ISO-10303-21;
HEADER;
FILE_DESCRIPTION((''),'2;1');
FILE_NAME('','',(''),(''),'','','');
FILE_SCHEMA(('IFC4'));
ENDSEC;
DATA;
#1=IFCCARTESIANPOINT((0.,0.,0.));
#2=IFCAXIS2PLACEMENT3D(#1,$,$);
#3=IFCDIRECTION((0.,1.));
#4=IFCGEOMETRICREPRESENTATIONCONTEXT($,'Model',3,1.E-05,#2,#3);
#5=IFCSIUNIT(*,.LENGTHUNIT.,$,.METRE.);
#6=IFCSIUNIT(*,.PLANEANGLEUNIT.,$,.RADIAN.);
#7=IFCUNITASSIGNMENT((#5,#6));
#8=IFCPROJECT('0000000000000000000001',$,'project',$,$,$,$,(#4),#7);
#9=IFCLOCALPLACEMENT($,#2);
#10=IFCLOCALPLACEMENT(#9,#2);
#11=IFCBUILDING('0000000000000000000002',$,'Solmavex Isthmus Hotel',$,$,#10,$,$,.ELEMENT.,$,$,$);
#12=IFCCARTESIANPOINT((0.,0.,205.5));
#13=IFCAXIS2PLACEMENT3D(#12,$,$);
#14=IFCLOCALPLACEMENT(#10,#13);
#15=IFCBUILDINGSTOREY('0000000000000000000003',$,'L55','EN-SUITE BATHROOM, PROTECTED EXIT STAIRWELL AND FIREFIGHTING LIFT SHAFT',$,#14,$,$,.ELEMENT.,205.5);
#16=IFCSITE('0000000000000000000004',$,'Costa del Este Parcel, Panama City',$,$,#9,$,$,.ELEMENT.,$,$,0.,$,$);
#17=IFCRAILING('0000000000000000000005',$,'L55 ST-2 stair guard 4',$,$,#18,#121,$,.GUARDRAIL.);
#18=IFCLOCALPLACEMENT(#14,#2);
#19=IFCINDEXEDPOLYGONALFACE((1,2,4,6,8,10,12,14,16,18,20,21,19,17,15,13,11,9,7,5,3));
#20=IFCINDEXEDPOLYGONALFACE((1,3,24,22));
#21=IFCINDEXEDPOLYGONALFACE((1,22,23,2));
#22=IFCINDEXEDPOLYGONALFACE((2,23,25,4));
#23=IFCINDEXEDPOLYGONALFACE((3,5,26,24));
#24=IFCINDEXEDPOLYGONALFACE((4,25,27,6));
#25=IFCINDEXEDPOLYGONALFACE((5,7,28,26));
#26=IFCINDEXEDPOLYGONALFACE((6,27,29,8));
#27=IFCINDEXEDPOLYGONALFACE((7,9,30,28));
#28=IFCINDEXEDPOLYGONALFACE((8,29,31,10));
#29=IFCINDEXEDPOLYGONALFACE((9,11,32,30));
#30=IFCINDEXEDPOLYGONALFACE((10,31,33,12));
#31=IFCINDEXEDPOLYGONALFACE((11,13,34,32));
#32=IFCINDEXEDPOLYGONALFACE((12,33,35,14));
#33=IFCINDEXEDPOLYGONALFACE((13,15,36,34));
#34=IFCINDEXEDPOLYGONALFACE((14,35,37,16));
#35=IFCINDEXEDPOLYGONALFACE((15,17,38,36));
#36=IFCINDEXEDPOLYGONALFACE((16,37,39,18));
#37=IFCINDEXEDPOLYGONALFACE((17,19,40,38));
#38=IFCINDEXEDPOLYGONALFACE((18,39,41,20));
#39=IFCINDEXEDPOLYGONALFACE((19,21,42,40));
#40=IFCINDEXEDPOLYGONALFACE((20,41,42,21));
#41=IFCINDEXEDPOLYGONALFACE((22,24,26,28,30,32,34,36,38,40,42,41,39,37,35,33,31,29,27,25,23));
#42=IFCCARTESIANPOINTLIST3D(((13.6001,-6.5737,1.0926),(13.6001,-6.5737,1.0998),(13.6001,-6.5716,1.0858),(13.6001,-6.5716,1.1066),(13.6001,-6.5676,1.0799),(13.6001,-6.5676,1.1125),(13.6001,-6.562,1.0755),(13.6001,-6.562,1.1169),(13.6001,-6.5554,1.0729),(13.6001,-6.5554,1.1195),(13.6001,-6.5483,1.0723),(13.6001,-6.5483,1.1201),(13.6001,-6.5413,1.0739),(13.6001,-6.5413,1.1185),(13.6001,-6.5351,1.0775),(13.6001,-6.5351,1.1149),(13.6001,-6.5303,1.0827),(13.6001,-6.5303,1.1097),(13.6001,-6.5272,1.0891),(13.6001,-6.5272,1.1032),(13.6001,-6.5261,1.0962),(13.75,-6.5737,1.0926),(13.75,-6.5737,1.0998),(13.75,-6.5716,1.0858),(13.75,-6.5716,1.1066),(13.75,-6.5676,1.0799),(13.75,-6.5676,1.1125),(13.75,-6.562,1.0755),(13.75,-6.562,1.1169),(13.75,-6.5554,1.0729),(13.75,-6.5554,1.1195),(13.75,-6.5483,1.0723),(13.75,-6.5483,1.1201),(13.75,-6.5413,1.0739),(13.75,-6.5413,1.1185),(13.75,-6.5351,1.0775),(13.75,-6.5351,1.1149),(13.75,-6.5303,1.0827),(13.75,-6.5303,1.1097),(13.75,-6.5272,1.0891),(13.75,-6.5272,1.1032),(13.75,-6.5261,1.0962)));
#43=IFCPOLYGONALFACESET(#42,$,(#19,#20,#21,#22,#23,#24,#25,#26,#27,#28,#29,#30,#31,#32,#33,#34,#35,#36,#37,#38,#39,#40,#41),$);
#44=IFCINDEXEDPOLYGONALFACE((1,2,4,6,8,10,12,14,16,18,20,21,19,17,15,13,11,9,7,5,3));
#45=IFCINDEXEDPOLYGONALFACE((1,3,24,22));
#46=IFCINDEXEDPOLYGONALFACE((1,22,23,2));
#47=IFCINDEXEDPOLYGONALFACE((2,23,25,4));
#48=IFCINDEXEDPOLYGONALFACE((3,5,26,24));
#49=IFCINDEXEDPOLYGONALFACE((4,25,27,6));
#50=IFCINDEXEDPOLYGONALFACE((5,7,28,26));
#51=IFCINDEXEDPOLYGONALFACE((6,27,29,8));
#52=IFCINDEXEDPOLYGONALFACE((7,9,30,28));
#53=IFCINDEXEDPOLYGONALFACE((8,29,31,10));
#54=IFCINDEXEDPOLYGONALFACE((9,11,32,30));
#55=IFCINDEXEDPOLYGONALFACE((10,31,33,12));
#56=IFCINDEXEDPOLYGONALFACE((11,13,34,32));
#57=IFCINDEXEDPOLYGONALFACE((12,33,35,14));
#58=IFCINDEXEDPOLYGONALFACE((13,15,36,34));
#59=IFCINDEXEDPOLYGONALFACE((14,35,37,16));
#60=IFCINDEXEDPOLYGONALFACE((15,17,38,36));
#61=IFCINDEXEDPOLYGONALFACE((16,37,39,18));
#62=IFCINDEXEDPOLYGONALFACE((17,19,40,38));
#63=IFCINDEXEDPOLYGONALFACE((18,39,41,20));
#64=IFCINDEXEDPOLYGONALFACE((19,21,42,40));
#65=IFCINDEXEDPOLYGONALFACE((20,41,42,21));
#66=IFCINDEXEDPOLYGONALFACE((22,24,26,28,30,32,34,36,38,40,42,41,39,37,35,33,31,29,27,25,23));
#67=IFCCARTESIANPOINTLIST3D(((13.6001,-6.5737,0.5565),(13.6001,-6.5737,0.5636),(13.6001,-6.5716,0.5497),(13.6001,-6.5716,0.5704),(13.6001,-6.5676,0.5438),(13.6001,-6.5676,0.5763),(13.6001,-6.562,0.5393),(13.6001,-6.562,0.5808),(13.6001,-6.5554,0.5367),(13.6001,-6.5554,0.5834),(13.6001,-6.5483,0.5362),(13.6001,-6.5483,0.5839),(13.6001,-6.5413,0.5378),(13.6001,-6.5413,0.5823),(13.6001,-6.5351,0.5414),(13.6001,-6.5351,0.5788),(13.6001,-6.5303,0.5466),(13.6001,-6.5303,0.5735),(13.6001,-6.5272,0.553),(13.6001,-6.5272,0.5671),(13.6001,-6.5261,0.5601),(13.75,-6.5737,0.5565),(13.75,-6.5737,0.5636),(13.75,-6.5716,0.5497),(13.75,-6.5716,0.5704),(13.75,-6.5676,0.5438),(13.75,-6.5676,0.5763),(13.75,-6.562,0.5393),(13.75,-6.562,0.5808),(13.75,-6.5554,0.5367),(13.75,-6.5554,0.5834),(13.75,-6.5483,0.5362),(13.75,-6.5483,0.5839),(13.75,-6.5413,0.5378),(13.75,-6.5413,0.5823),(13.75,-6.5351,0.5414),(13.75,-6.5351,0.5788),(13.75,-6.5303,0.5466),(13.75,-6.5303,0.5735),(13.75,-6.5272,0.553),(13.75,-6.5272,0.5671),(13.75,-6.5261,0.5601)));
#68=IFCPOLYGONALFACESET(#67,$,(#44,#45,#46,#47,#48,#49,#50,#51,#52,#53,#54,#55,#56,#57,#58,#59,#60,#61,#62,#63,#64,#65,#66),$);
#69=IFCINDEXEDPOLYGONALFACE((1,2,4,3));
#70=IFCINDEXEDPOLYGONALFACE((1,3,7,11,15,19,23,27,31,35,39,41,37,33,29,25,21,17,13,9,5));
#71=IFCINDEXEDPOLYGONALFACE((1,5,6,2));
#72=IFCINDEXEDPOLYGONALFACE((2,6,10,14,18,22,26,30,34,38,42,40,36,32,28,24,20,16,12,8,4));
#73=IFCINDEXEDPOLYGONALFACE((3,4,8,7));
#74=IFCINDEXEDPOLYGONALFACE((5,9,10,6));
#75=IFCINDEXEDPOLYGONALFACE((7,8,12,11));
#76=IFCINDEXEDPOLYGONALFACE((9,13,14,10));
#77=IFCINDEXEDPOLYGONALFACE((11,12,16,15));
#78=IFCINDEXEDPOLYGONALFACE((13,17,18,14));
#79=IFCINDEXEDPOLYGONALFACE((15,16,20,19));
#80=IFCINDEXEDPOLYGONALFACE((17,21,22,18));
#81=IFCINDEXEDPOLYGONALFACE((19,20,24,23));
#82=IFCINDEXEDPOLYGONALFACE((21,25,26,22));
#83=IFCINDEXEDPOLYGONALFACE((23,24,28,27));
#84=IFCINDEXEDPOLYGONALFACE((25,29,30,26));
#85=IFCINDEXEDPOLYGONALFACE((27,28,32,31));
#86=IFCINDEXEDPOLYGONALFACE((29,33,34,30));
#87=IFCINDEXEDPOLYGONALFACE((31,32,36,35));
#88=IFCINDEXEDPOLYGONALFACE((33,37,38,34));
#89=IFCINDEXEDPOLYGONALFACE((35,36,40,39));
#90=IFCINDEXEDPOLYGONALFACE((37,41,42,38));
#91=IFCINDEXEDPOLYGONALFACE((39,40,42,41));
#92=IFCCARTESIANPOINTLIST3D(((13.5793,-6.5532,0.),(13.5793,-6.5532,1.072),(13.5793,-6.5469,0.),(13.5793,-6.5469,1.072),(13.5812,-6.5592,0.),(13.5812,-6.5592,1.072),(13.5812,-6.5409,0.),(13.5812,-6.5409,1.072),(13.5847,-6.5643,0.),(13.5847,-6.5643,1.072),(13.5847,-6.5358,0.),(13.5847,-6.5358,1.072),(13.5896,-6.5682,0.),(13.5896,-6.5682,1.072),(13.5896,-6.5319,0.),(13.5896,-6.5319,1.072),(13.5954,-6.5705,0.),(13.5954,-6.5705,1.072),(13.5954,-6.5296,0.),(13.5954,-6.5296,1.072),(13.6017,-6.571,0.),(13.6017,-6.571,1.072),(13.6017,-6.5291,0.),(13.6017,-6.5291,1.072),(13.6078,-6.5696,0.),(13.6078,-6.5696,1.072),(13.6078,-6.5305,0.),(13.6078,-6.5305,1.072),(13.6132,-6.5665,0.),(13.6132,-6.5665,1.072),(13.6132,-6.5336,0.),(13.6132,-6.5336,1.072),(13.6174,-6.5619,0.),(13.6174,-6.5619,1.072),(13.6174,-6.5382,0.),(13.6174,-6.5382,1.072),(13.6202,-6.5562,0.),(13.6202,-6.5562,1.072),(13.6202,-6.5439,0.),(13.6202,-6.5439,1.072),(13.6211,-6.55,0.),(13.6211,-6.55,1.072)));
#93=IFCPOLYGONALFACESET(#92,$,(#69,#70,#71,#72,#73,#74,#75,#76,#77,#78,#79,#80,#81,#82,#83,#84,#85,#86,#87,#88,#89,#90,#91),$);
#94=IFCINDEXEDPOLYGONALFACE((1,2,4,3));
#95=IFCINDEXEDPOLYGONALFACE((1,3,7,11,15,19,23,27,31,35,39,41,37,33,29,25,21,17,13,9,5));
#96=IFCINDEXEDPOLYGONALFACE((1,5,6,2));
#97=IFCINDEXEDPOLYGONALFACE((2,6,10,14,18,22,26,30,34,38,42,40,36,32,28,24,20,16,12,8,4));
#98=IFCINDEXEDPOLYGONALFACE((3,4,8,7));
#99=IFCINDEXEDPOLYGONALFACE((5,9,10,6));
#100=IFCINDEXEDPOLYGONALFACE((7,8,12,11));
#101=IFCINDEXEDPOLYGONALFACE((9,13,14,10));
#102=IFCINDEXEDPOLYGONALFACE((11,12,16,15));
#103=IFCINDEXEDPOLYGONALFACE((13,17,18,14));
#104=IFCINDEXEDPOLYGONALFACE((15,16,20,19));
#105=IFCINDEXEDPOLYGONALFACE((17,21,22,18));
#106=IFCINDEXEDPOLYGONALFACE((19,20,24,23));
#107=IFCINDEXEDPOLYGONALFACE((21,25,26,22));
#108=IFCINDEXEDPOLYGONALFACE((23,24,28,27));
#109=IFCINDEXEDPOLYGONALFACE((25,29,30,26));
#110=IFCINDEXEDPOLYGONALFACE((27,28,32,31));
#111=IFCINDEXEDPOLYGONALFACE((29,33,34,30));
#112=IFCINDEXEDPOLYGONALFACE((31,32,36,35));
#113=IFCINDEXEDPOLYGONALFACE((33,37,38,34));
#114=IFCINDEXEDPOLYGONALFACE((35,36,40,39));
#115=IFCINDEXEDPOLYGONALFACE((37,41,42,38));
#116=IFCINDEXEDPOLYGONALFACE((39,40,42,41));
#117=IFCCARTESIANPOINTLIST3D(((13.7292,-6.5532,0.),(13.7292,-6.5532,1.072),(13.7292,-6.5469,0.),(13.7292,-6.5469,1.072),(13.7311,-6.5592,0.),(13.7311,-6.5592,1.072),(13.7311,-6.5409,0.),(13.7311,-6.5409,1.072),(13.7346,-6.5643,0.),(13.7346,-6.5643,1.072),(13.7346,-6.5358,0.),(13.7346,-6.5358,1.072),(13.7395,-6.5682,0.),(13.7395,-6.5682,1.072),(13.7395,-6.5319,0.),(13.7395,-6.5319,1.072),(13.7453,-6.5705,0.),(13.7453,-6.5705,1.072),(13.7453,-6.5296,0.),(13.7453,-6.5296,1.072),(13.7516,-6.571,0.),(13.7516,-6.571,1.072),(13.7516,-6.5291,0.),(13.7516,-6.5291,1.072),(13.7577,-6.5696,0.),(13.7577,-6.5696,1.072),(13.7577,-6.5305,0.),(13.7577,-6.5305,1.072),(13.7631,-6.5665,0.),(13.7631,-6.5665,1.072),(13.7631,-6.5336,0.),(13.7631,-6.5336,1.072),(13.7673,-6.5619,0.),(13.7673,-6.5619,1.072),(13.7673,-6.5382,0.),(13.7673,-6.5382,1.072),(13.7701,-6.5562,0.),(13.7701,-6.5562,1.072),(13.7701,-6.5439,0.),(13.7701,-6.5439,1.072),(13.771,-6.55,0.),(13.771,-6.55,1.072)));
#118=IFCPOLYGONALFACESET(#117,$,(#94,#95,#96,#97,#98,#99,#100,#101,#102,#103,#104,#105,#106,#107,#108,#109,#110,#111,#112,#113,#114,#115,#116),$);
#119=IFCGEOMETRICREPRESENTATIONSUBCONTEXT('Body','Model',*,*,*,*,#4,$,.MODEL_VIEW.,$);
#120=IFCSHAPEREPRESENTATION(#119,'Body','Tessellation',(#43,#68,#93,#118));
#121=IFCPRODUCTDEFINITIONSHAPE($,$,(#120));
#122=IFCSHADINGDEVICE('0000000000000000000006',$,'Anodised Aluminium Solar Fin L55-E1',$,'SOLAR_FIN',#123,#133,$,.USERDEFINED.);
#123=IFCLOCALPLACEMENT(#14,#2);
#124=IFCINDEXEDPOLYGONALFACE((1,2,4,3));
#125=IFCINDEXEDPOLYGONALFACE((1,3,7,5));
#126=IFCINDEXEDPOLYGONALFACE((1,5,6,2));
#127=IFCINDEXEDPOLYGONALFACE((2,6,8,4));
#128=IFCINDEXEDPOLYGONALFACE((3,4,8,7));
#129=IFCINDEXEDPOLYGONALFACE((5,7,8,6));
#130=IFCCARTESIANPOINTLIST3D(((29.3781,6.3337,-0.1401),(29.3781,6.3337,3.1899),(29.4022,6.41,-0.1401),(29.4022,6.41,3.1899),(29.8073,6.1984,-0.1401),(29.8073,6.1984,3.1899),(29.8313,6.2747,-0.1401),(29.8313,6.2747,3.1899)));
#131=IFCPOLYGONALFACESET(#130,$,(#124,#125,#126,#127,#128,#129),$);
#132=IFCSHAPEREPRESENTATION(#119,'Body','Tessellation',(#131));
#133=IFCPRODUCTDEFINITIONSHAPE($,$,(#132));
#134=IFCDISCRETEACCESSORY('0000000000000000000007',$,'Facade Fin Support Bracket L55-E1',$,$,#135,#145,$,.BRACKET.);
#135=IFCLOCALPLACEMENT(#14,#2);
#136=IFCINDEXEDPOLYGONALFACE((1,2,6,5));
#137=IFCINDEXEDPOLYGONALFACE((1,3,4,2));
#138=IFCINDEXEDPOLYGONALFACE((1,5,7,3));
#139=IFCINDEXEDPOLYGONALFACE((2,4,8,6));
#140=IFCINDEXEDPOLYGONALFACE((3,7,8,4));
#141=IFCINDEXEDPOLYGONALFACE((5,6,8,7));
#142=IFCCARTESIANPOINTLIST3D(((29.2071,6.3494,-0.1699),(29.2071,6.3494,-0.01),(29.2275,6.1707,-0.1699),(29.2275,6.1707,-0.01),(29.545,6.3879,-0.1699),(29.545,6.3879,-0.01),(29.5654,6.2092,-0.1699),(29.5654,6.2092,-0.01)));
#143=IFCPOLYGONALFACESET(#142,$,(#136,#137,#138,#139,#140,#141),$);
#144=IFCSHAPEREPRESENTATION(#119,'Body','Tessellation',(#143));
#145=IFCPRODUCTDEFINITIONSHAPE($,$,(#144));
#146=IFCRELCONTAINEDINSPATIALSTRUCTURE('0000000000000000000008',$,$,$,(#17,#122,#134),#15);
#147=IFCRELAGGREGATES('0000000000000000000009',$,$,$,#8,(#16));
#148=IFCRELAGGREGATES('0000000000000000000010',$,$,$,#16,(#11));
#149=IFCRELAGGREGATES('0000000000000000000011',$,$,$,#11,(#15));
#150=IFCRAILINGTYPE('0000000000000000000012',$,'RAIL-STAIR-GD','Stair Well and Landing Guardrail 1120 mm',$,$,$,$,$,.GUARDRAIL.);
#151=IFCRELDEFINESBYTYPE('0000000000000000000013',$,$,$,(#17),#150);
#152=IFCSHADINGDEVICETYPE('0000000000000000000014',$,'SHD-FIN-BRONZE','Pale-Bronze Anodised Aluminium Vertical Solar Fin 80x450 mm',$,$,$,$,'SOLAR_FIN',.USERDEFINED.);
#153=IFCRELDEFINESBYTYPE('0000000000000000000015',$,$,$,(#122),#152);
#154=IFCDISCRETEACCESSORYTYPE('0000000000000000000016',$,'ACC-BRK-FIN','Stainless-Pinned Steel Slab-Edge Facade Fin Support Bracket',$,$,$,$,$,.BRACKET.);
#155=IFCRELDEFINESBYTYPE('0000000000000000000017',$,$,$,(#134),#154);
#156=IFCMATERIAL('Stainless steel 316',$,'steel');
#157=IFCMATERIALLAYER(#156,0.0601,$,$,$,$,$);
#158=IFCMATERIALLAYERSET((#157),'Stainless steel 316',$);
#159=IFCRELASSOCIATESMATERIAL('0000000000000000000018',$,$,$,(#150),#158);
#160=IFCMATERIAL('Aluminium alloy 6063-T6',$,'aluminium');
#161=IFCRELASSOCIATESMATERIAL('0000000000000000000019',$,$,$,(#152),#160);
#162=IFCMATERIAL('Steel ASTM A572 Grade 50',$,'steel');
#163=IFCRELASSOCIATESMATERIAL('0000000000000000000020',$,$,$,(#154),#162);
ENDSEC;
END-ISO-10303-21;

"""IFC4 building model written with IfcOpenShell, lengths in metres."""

from ifc_helpers import new_model, si_unit, direction, frame, origin, origin_2d, place, context, subcontext, project, spatial, rectangle, circle, extrude, material, layer, layer_set, type_object, element, save


model = new_model("IFC4")

# Units and contexts
model_context = context("Model", 3, precision=1e-05, world=origin(), true_north=direction((0.0, 1.0)))
body_context = subcontext(model_context, "Body", "Model", "MODEL_VIEW")
ifc_project = project(units=[si_unit("LENGTHUNIT", "METRE"), si_unit("PLANEANGLEUNIT", "RADIAN")], contexts=[model_context])

# Site, building, storey
site_placement = place(None, origin())
site = spatial("IfcSite", under=ifc_project, at=site_placement, Name="Costa del Este Parcel, Panama City", CompositionType="ELEMENT", RefElevation=0.0)
building_placement = place(site_placement, origin())
building = spatial("IfcBuilding", under=site, at=building_placement, Name="Solmavex Isthmus Hotel", CompositionType="ELEMENT")
storey_placement = place(building_placement, frame((0.0, 0.0, 205.5)))
storey = spatial("IfcBuildingStorey", under=building, at=storey_placement, Name="L55", Description="EN-SUITE BATHROOM, PROTECTED EXIT STAIRWELL AND FIREFIGHTING LIFT SHAFT", CompositionType="ELEMENT", Elevation=205.5)

# Shared definitions
ifc_material_1 = material(Name="Aluminium alloy 6063-T6", Category="aluminium")

# Railing
ifc_material_2 = material(Name="Stainless steel 316", Category="steel")
ifc_layer_1 = layer(ifc_material_2, 0.0601)
ifc_layer_set_1 = layer_set([ifc_layer_1], Name="Stainless steel 316")
railing_type_1 = type_object("IfcRailingType", Name="RAIL-STAIR-GD", Description="Stair Well and Landing Guardrail 1120 mm", PredefinedType="GUARDRAIL", material=ifc_layer_set_1)
railing_1_placement = place(storey_placement, frame((13.6001, -6.55, 0.0)))
element("IfcRailing", 1, at=railing_1_placement, inside=storey, type_object=railing_type_1, Name="L55 ST-2 stair guard 4", PredefinedType="GUARDRAIL", context=body_context, shape_type="SweptSolid", body=[
    extrude(circle(Radius=0.0239, at=origin_2d()), frame((0.0, 0.0, 1.0962), z_axis=(1.0, 0.0, 0.0), x_axis=(0.0, 1.0, 0.0)), (0.0, 0.0, 1.0), 0.1499),
    extrude(circle(Radius=0.0239, at=origin_2d()), frame((0.0, 0.0, 0.5601), z_axis=(1.0, 0.0, 0.0), x_axis=(0.0, 1.0, 0.0)), (0.0, 0.0, 1.0), 0.1499),
    extrude(circle(Radius=0.021, at=origin_2d()), origin(), (0.0, 0.0, 1.0), 1.072),
    extrude(circle(Radius=0.021, at=origin_2d()), frame((0.1499, 0.0, 0.0)), (0.0, 0.0, 1.0), 1.072),
])

# Shading device
shading_device_type = type_object("IfcShadingDeviceType", Name="SHD-FIN-BRONZE", Description="Pale-Bronze Anodised Aluminium Vertical Solar Fin 80x450 mm", ElementType="SOLAR_FIN", PredefinedType="USERDEFINED", material=ifc_material_1)
shading_device_placement = place(storey_placement, frame((29.6047, 6.3042, -0.1401), z_axis=(0.0, 0.0, 1.0), x_axis=(0.953717, -0.300706, 0.0)))
element("IfcShadingDevice", 2, at=shading_device_placement, inside=storey, type_object=shading_device_type, Name="Anodised Aluminium Solar Fin L55-E1", ObjectType="SOLAR_FIN", PredefinedType="USERDEFINED", context=body_context, shape_type="SweptSolid", body=[
    extrude(rectangle(XDim=0.45, YDim=0.0801, at=origin_2d()), origin(), (0.0, 0.0, 1.0), 3.3301),
])

# Discrete accessory
ifc_material_3 = material(Name="Steel ASTM A572 Grade 50", Category="steel")
discrete_accessory_type = type_object("IfcDiscreteAccessoryType", Name="ACC-BRK-FIN", Description="Stainless-Pinned Steel Slab-Edge Facade Fin Support Bracket", PredefinedType="BRACKET", material=ifc_material_3)
discrete_accessory_placement = place(storey_placement, frame((29.3862, 6.2793, -0.1699), z_axis=(0.0, 0.0, 1.0), x_axis=(0.993572, 0.113203, 0.0)))
element("IfcDiscreteAccessory", 3, at=discrete_accessory_placement, inside=storey, type_object=discrete_accessory_type, Name="Facade Fin Support Bracket L55-E1", PredefinedType="BRACKET", context=body_context, shape_type="SweptSolid", body=[
    extrude(rectangle(XDim=0.3401, YDim=0.1799, at=origin_2d()), origin(), (0.0, 0.0, 1.0), 0.1599),
])

save(model, "model.ifc")
